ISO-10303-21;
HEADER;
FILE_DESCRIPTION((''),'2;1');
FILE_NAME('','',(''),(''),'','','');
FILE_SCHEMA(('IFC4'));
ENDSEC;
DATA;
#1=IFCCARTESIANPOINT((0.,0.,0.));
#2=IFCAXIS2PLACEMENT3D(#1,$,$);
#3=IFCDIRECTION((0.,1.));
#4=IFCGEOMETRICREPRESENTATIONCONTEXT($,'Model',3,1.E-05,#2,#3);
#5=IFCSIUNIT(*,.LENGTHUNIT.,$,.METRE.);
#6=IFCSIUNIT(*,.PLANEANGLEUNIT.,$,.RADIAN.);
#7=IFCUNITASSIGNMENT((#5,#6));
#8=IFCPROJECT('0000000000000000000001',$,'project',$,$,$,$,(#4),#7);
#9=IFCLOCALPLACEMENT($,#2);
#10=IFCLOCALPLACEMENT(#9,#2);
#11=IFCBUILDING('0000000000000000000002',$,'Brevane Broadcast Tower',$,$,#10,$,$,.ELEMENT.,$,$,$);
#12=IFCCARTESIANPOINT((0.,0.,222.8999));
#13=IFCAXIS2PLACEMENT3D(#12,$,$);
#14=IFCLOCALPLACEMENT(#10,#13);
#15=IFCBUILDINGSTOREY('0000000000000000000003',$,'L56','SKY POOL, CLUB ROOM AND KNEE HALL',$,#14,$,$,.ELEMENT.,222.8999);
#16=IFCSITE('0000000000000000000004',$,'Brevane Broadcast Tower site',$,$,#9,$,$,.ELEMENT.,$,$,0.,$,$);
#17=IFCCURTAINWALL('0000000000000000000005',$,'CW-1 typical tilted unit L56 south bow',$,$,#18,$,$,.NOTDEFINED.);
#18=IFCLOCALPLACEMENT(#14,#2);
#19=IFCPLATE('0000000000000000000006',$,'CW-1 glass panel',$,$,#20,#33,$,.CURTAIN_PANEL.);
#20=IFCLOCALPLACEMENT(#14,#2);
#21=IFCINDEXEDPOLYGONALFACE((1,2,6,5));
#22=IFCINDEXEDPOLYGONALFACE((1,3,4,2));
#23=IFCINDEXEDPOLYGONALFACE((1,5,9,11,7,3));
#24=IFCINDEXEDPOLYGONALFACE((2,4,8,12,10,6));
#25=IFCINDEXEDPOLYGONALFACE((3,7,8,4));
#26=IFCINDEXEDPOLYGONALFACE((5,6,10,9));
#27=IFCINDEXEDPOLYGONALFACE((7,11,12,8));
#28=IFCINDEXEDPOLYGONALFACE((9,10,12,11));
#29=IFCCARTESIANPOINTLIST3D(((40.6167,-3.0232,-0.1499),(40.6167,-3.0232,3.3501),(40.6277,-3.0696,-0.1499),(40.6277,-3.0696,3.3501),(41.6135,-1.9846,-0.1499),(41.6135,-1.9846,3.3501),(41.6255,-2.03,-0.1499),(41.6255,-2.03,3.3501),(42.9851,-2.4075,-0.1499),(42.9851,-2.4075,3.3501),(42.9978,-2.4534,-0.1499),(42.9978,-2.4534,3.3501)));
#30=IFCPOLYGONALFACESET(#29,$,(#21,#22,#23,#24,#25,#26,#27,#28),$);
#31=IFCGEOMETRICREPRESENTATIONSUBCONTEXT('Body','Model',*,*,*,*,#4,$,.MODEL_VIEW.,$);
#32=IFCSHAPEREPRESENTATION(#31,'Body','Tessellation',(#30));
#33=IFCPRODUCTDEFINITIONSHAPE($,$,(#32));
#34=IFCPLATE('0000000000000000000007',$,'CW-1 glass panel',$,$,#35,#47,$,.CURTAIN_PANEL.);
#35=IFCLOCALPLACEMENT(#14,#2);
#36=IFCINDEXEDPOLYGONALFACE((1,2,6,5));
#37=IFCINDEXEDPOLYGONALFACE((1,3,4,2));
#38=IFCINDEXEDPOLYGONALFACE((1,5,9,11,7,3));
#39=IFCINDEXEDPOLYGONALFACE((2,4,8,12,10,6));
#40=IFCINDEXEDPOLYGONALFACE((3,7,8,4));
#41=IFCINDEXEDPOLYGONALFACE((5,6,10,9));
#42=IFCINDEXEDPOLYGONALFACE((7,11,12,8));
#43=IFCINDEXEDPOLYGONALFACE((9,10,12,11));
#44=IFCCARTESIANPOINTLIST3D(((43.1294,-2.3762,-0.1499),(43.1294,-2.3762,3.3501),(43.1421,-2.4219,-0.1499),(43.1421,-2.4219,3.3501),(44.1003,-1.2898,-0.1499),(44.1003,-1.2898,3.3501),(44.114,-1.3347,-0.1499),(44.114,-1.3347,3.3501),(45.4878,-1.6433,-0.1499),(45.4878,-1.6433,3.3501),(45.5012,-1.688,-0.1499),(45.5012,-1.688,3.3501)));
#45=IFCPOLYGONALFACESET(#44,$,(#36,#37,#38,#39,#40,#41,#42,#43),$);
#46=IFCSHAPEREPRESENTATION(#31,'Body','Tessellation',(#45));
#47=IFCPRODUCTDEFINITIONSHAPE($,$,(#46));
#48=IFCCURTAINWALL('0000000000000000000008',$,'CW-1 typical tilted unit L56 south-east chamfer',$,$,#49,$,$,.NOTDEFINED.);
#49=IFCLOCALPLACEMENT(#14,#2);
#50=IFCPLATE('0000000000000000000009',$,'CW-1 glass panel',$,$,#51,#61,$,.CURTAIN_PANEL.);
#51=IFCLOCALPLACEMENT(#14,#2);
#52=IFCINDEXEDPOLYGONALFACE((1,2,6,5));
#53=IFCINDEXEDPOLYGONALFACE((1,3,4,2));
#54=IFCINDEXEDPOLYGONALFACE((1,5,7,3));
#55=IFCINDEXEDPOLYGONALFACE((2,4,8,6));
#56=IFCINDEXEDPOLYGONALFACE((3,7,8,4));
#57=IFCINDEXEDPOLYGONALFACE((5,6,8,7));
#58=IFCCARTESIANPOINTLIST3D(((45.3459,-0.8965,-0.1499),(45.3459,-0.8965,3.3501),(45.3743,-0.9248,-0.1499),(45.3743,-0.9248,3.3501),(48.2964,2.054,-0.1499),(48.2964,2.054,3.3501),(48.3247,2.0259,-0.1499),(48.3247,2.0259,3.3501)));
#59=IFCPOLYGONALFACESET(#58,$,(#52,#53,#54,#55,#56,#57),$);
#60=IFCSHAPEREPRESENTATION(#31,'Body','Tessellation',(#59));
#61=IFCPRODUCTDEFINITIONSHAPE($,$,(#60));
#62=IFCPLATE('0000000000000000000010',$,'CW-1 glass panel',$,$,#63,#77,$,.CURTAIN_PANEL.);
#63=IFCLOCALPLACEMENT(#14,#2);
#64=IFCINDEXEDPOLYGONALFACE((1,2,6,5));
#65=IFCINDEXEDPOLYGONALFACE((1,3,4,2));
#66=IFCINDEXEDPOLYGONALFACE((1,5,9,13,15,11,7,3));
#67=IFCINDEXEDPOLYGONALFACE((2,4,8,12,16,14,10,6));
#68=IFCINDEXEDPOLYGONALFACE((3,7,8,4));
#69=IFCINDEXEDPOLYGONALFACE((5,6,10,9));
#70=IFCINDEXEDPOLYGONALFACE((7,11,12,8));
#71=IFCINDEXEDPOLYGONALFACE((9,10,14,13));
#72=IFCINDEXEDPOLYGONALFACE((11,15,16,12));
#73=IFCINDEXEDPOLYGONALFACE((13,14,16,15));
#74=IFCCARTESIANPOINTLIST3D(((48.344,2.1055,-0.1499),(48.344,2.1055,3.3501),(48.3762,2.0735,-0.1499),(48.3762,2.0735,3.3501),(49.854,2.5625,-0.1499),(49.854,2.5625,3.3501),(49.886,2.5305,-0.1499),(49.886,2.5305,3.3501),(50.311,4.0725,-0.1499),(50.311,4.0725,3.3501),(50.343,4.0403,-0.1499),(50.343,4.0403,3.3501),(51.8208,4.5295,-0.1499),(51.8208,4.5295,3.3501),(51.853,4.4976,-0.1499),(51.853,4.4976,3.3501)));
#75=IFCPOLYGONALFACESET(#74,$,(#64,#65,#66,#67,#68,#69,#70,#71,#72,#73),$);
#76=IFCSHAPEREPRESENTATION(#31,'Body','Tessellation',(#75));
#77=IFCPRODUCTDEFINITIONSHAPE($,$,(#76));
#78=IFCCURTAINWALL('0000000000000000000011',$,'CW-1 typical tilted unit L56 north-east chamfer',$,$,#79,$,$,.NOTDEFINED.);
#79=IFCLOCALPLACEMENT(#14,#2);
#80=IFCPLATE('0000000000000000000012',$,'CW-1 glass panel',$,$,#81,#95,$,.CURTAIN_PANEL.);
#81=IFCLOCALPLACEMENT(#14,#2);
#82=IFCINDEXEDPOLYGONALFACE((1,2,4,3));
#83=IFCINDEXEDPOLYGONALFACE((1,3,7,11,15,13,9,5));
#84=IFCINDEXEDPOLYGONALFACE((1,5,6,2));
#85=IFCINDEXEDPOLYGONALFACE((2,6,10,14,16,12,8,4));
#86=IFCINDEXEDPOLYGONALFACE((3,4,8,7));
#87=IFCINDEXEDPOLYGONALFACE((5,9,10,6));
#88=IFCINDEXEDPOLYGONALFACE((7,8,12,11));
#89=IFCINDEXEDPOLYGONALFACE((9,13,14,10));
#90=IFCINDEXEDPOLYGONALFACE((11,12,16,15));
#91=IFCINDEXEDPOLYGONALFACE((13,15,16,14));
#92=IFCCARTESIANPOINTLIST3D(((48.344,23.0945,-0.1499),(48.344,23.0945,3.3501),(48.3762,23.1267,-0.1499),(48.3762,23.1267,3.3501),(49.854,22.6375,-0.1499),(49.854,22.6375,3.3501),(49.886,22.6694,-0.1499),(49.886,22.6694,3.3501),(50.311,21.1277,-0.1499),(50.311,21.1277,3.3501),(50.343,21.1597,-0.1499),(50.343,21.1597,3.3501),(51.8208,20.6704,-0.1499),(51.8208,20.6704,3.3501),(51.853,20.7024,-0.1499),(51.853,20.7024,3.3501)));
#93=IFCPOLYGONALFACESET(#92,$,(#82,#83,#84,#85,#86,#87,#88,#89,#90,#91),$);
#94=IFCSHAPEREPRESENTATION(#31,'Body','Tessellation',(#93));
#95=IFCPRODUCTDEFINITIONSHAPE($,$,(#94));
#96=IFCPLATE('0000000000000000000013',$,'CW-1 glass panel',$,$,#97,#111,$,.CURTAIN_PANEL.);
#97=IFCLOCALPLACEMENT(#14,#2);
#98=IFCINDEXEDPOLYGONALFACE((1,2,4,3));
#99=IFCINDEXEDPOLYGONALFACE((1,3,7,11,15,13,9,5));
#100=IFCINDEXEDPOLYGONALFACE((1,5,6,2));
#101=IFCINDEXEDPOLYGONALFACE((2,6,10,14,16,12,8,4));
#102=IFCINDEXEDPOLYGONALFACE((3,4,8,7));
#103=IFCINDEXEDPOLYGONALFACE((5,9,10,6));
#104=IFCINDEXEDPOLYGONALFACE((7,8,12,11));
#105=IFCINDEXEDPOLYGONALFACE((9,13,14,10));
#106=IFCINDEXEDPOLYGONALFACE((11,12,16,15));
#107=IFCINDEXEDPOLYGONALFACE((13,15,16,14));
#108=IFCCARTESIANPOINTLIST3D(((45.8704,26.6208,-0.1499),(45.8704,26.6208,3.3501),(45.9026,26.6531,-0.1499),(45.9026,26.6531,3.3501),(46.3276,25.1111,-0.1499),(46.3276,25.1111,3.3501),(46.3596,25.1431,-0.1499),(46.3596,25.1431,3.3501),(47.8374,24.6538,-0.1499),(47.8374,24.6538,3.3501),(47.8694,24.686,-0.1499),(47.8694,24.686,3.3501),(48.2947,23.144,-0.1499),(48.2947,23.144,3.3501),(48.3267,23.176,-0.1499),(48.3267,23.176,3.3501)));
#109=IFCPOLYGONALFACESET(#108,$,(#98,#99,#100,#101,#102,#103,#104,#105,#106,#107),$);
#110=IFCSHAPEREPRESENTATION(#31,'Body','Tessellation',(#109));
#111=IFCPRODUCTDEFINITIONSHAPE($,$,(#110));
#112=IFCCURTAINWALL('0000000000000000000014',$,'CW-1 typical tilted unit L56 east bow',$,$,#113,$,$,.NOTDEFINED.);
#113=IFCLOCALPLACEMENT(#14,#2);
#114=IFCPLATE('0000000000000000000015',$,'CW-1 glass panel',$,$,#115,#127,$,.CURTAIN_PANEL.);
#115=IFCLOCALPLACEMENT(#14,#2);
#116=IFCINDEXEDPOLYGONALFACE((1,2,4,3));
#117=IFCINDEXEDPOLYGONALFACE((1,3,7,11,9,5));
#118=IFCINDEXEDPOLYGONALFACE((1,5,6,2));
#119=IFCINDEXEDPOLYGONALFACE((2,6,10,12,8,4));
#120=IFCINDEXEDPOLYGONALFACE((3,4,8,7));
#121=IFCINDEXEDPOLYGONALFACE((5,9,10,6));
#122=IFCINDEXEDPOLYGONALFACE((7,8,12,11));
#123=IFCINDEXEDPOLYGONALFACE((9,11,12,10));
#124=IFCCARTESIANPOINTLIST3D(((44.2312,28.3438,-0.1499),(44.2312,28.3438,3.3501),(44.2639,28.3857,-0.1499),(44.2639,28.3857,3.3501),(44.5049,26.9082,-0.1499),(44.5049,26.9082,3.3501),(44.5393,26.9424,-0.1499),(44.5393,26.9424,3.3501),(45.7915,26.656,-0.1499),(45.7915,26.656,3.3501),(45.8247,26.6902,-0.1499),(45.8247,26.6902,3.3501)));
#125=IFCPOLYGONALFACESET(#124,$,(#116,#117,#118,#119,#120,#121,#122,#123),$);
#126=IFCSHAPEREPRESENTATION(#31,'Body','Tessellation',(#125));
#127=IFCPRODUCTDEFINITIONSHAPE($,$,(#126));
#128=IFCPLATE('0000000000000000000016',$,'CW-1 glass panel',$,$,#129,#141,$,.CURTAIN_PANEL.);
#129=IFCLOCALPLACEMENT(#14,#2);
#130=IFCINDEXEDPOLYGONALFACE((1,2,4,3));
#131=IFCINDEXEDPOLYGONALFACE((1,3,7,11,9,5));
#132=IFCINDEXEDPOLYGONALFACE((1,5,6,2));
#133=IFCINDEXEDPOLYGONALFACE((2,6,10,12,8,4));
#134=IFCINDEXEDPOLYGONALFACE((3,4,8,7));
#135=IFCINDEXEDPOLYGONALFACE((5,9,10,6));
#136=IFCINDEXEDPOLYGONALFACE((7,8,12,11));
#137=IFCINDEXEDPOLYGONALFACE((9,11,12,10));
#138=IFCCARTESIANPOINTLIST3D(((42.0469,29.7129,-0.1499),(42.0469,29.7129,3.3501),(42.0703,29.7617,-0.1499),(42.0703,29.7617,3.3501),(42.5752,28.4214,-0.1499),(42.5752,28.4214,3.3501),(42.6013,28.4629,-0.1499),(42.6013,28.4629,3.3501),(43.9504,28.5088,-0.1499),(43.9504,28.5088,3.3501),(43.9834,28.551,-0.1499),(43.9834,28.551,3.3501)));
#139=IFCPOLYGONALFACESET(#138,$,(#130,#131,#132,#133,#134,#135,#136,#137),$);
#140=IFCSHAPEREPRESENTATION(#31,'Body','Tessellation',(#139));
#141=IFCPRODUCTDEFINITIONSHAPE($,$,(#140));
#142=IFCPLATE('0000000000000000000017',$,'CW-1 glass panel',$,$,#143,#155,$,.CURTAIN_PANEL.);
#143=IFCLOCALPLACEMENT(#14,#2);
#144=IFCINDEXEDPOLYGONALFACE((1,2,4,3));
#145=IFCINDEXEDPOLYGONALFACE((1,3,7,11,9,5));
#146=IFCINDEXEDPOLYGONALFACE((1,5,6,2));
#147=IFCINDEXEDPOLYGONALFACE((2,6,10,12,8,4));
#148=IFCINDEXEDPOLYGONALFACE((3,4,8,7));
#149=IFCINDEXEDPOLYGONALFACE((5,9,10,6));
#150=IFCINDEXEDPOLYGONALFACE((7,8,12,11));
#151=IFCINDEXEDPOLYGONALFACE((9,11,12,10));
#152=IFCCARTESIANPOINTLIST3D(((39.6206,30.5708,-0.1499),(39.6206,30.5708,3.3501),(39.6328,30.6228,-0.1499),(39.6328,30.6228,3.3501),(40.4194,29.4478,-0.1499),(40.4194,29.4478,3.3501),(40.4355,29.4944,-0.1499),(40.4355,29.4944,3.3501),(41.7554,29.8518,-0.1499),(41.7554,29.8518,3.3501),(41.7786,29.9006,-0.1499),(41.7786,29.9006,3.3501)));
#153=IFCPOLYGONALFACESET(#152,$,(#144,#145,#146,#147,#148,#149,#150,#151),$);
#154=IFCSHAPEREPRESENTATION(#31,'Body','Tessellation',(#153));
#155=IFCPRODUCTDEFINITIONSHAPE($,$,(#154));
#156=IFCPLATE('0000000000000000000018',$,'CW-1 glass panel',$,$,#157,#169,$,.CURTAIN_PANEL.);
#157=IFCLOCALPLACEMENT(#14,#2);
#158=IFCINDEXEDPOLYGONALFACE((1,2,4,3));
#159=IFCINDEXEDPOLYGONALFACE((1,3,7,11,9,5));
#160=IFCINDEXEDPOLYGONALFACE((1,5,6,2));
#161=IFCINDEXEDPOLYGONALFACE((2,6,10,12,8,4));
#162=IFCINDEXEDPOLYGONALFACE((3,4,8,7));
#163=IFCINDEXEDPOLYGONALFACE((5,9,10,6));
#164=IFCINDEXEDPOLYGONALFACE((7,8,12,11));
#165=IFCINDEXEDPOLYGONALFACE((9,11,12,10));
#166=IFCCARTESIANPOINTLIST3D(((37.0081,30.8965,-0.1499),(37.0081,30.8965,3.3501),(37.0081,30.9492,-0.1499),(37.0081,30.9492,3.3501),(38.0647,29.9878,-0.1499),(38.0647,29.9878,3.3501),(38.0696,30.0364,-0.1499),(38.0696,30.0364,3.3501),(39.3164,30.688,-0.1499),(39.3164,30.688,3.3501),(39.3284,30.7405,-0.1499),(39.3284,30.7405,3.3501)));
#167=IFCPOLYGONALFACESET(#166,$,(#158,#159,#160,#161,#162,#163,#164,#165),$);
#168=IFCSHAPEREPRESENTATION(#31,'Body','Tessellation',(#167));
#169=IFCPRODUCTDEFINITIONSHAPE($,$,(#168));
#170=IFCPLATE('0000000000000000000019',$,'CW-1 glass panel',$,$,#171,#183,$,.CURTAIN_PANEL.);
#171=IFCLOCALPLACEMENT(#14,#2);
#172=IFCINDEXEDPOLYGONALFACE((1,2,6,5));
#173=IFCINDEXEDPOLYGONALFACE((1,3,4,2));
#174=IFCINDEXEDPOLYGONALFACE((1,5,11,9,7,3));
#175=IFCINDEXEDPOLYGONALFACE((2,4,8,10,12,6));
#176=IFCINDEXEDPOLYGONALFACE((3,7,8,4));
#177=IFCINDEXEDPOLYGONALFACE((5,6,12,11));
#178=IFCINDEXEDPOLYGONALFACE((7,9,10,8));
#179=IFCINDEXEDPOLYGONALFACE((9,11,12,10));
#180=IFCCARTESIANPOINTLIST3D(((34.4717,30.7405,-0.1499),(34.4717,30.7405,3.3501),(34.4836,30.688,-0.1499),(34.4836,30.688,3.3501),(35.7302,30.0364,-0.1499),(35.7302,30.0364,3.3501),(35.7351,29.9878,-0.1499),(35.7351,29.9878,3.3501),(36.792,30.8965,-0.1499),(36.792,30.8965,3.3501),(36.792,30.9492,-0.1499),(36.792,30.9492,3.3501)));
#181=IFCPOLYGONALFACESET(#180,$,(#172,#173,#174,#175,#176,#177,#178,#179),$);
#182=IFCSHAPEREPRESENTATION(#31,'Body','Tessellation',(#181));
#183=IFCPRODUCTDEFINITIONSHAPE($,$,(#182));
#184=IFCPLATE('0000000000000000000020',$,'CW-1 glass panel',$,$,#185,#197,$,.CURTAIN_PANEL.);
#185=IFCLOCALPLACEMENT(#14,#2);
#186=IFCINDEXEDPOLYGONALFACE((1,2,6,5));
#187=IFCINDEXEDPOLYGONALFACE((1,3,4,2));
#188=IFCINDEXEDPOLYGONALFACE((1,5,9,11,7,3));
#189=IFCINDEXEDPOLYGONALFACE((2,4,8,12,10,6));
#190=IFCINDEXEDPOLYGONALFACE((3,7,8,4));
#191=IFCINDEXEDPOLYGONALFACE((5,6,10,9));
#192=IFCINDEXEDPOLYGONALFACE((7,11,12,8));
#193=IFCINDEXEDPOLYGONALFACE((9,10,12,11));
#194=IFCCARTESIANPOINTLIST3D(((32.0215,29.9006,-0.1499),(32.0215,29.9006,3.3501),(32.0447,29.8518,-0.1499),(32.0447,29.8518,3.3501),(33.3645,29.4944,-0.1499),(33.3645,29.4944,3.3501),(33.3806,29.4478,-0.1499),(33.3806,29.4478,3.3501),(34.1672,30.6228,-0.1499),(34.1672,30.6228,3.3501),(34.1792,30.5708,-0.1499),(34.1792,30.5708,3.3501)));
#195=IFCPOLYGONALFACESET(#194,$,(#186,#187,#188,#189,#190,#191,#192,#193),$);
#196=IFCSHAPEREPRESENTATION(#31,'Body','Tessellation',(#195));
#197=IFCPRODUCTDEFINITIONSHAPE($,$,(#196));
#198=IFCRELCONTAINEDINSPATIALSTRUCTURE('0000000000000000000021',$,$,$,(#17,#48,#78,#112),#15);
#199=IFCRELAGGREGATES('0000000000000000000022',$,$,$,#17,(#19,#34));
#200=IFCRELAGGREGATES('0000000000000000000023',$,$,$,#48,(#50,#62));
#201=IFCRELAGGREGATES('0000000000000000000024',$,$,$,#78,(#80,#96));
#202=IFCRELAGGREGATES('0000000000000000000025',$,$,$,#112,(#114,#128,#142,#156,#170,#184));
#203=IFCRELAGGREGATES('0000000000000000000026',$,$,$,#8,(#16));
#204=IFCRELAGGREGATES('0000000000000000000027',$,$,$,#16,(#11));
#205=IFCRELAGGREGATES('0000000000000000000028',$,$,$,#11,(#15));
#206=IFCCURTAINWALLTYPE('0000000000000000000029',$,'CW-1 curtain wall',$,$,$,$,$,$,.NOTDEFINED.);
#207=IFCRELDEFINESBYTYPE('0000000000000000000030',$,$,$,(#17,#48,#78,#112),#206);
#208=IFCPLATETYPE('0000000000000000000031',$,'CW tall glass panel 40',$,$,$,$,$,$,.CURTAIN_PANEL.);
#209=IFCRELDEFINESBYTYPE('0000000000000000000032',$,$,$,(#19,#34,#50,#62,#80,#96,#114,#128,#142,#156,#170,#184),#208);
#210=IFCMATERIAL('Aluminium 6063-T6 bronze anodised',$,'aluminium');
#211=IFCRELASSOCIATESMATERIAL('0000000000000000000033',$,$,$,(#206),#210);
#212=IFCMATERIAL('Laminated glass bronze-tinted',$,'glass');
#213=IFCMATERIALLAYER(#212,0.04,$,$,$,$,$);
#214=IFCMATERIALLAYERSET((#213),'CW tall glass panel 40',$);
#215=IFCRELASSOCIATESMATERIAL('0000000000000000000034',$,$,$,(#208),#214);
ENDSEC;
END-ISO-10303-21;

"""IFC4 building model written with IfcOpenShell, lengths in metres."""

from ifc_helpers import new_model, si_unit, direction, frame, origin, place, context, subcontext, project, spatial, polyline, outline, extrude, material, layer, layer_set, type_object, element, aggregate, save


model = new_model("IFC4")

# Units and contexts
model_context = context("Model", 3, precision=1e-05, world=origin(), true_north=direction((0.0, 1.0)))
body_context = subcontext(model_context, "Body", "Model", "MODEL_VIEW")
ifc_project = project(units=[si_unit("LENGTHUNIT", "METRE"), si_unit("PLANEANGLEUNIT", "RADIAN")], contexts=[model_context])

# Site, building, storey
site_placement = place(None, origin())
site = spatial("IfcSite", under=ifc_project, at=site_placement, Name="Brevane Broadcast Tower site", CompositionType="ELEMENT", RefElevation=0.0)
building_placement = place(site_placement, origin())
building = spatial("IfcBuilding", under=site, at=building_placement, Name="Brevane Broadcast Tower", CompositionType="ELEMENT")
storey_placement = place(building_placement, frame((0.0, 0.0, 222.8999)))
storey = spatial("IfcBuildingStorey", under=building, at=storey_placement, Name="L56", Description="SKY POOL, CLUB ROOM AND KNEE HALL", CompositionType="ELEMENT", Elevation=222.8999)

# Curtain walls, plates
ifc_material_1 = material(Name="Aluminium 6063-T6 bronze anodised", Category="aluminium")
curtain_wall_type = type_object("IfcCurtainWallType", Name="CW-1 curtain wall", PredefinedType="NOTDEFINED", material=ifc_material_1)
curtain_wall_1_placement = place(storey_placement, origin())
curtain_wall_1 = element("IfcCurtainWall", 1, at=curtain_wall_1_placement, inside=storey, type_object=curtain_wall_type, Name="CW-1 typical tilted unit L56 south bow", PredefinedType="NOTDEFINED")
ifc_material_2 = material(Name="Laminated glass bronze-tinted", Category="glass")
ifc_layer = layer(ifc_material_2, 0.04)
ifc_layer_set = layer_set([ifc_layer], Name="CW tall glass panel 40")
plate_type = type_object("IfcPlateType", Name="CW tall glass panel 40", PredefinedType="CURTAIN_PANEL", material=ifc_layer_set)
plate_1_placement = place(storey_placement, frame((0.0, 0.0, -0.1499)))
plate_1 = element("IfcPlate", 2, at=plate_1_placement, type_object=plate_type, Name="CW-1 glass panel", PredefinedType="CURTAIN_PANEL", context=body_context, shape_type="SweptSolid", body=[
    extrude(outline(polyline([(40.6167, -3.0232), (40.6277, -3.0696), (41.6255, -2.03), (42.9978, -2.4534), (42.9851, -2.4075), (41.6135, -1.9846), (40.6167, -3.0232)])), origin(), (0.0, 0.0, 1.0), 3.5),
])
plate_2_placement = place(storey_placement, frame((0.0, 0.0, -0.1499)))
plate_2 = element("IfcPlate", 3, at=plate_2_placement, type_object=plate_type, Name="CW-1 glass panel", PredefinedType="CURTAIN_PANEL", context=body_context, shape_type="SweptSolid", body=[
    extrude(outline(polyline([(43.1294, -2.3762), (43.1421, -2.4219), (44.114, -1.3347), (45.5012, -1.688), (45.4878, -1.6433), (44.1003, -1.2898), (43.1294, -2.3762)])), origin(), (0.0, 0.0, 1.0), 3.5),
])
aggregate(curtain_wall_1, [plate_1, plate_2])
curtain_wall_2_placement = place(storey_placement, origin())
curtain_wall_2 = element("IfcCurtainWall", 4, at=curtain_wall_2_placement, inside=storey, type_object=curtain_wall_type, Name="CW-1 typical tilted unit L56 south-east chamfer", PredefinedType="NOTDEFINED")
plate_3_placement = place(storey_placement, frame((0.0, 0.0, -0.1499)))
plate_3 = element("IfcPlate", 5, at=plate_3_placement, type_object=plate_type, Name="CW-1 glass panel", PredefinedType="CURTAIN_PANEL", context=body_context, shape_type="SweptSolid", body=[
    extrude(outline(polyline([(45.3459, -0.8965), (48.2964, 2.054), (48.3247, 2.0259), (45.3743, -0.9248), (45.3459, -0.8965)])), origin(), (0.0, 0.0, 1.0), 3.5),
])
plate_4_placement = place(storey_placement, frame((0.0, 0.0, -0.1499)))
plate_4 = element("IfcPlate", 6, at=plate_4_placement, type_object=plate_type, Name="CW-1 glass panel", PredefinedType="CURTAIN_PANEL", context=body_context, shape_type="SweptSolid", body=[
    extrude(outline(polyline([(48.344, 2.1055), (48.3762, 2.0735), (49.886, 2.5305), (50.343, 4.0403), (51.853, 4.4976), (51.8208, 4.5295), (50.311, 4.0725), (49.854, 2.5625), (48.344, 2.1055)])), origin(), (0.0, 0.0, 1.0), 3.5),
])
aggregate(curtain_wall_2, [plate_3, plate_4])
curtain_wall_3_placement = place(storey_placement, origin())
curtain_wall_3 = element("IfcCurtainWall", 7, at=curtain_wall_3_placement, inside=storey, type_object=curtain_wall_type, Name="CW-1 typical tilted unit L56 north-east chamfer", PredefinedType="NOTDEFINED")
plate_5_placement = place(storey_placement, frame((0.0, 0.0, -0.1499)))
plate_5 = element("IfcPlate", 8, at=plate_5_placement, type_object=plate_type, Name="CW-1 glass panel", PredefinedType="CURTAIN_PANEL", context=body_context, shape_type="SweptSolid", body=[
    extrude(outline(polyline([(51.8208, 20.6704), (51.853, 20.7024), (50.343, 21.1597), (49.886, 22.6694), (48.3762, 23.1267), (48.344, 23.0945), (49.854, 22.6375), (50.311, 21.1277), (51.8208, 20.6704)])), origin(), (0.0, 0.0, 1.0), 3.5),
])
plate_6_placement = place(storey_placement, frame((0.0, 0.0, -0.1499)))
plate_6 = element("IfcPlate", 9, at=plate_6_placement, type_object=plate_type, Name="CW-1 glass panel", PredefinedType="CURTAIN_PANEL", context=body_context, shape_type="SweptSolid", body=[
    extrude(outline(polyline([(48.2947, 23.144), (48.3267, 23.176), (47.8694, 24.686), (46.3596, 25.1431), (45.9026, 26.6531), (45.8704, 26.6208), (46.3276, 25.1111), (47.8374, 24.6538), (48.2947, 23.144)])), origin(), (0.0, 0.0, 1.0), 3.5),
])
aggregate(curtain_wall_3, [plate_5, plate_6])
curtain_wall_4_placement = place(storey_placement, origin())
curtain_wall_4 = element("IfcCurtainWall", 10, at=curtain_wall_4_placement, inside=storey, type_object=curtain_wall_type, Name="CW-1 typical tilted unit L56 east bow", PredefinedType="NOTDEFINED")
plate_7_placement = place(storey_placement, frame((0.0, 0.0, -0.1499)))
plate_7 = element("IfcPlate", 11, at=plate_7_placement, type_object=plate_type, Name="CW-1 glass panel", PredefinedType="CURTAIN_PANEL", context=body_context, shape_type="SweptSolid", body=[
    extrude(outline(polyline([(45.7915, 26.656), (45.8247, 26.6902), (44.5393, 26.9424), (44.2639, 28.3857), (44.2312, 28.3438), (44.5049, 26.9082), (45.7915, 26.656)])), origin(), (0.0, 0.0, 1.0), 3.5),
])
plate_8_placement = place(storey_placement, frame((0.0, 0.0, -0.1499)))
plate_8 = element("IfcPlate", 12, at=plate_8_placement, type_object=plate_type, Name="CW-1 glass panel", PredefinedType="CURTAIN_PANEL", context=body_context, shape_type="SweptSolid", body=[
    extrude(outline(polyline([(43.9504, 28.5088), (43.9834, 28.551), (42.6013, 28.4629), (42.0703, 29.7617), (42.0469, 29.7129), (42.5752, 28.4214), (43.9504, 28.5088)])), origin(), (0.0, 0.0, 1.0), 3.5),
])
plate_9_placement = place(storey_placement, frame((0.0, 0.0, -0.1499)))
plate_9 = element("IfcPlate", 13, at=plate_9_placement, type_object=plate_type, Name="CW-1 glass panel", PredefinedType="CURTAIN_PANEL", context=body_context, shape_type="SweptSolid", body=[
    extrude(outline(polyline([(41.7554, 29.8518), (41.7786, 29.9006), (40.4355, 29.4944), (39.6328, 30.6228), (39.6206, 30.5708), (40.4194, 29.4478), (41.7554, 29.8518)])), origin(), (0.0, 0.0, 1.0), 3.5),
])
plate_10_placement = place(storey_placement, frame((0.0, 0.0, -0.1499)))
plate_10 = element("IfcPlate", 14, at=plate_10_placement, type_object=plate_type, Name="CW-1 glass panel", PredefinedType="CURTAIN_PANEL", context=body_context, shape_type="SweptSolid", body=[
    extrude(outline(polyline([(39.3164, 30.688), (39.3284, 30.7405), (38.0696, 30.0364), (37.0081, 30.9492), (37.0081, 30.8965), (38.0647, 29.9878), (39.3164, 30.688)])), origin(), (0.0, 0.0, 1.0), 3.5),
])
plate_11_placement = place(storey_placement, frame((0.0, 0.0, -0.1499)))
plate_11 = element("IfcPlate", 15, at=plate_11_placement, type_object=plate_type, Name="CW-1 glass panel", PredefinedType="CURTAIN_PANEL", context=body_context, shape_type="SweptSolid", body=[
    extrude(outline(polyline([(36.792, 30.8965), (36.792, 30.9492), (35.7302, 30.0364), (34.4717, 30.7405), (34.4836, 30.688), (35.7351, 29.9878), (36.792, 30.8965)])), origin(), (0.0, 0.0, 1.0), 3.5),
])
plate_12_placement = place(storey_placement, frame((0.0, 0.0, -0.1499)))
plate_12 = element("IfcPlate", 16, at=plate_12_placement, type_object=plate_type, Name="CW-1 glass panel", PredefinedType="CURTAIN_PANEL", context=body_context, shape_type="SweptSolid", body=[
    extrude(outline(polyline([(34.1792, 30.5708), (34.1672, 30.6228), (33.3645, 29.4944), (32.0215, 29.9006), (32.0447, 29.8518), (33.3806, 29.4478), (34.1792, 30.5708)])), origin(), (0.0, 0.0, 1.0), 3.5),
])
aggregate(curtain_wall_4, [plate_7, plate_8, plate_9, plate_10, plate_11, plate_12])

save(model, "model.ifc")
